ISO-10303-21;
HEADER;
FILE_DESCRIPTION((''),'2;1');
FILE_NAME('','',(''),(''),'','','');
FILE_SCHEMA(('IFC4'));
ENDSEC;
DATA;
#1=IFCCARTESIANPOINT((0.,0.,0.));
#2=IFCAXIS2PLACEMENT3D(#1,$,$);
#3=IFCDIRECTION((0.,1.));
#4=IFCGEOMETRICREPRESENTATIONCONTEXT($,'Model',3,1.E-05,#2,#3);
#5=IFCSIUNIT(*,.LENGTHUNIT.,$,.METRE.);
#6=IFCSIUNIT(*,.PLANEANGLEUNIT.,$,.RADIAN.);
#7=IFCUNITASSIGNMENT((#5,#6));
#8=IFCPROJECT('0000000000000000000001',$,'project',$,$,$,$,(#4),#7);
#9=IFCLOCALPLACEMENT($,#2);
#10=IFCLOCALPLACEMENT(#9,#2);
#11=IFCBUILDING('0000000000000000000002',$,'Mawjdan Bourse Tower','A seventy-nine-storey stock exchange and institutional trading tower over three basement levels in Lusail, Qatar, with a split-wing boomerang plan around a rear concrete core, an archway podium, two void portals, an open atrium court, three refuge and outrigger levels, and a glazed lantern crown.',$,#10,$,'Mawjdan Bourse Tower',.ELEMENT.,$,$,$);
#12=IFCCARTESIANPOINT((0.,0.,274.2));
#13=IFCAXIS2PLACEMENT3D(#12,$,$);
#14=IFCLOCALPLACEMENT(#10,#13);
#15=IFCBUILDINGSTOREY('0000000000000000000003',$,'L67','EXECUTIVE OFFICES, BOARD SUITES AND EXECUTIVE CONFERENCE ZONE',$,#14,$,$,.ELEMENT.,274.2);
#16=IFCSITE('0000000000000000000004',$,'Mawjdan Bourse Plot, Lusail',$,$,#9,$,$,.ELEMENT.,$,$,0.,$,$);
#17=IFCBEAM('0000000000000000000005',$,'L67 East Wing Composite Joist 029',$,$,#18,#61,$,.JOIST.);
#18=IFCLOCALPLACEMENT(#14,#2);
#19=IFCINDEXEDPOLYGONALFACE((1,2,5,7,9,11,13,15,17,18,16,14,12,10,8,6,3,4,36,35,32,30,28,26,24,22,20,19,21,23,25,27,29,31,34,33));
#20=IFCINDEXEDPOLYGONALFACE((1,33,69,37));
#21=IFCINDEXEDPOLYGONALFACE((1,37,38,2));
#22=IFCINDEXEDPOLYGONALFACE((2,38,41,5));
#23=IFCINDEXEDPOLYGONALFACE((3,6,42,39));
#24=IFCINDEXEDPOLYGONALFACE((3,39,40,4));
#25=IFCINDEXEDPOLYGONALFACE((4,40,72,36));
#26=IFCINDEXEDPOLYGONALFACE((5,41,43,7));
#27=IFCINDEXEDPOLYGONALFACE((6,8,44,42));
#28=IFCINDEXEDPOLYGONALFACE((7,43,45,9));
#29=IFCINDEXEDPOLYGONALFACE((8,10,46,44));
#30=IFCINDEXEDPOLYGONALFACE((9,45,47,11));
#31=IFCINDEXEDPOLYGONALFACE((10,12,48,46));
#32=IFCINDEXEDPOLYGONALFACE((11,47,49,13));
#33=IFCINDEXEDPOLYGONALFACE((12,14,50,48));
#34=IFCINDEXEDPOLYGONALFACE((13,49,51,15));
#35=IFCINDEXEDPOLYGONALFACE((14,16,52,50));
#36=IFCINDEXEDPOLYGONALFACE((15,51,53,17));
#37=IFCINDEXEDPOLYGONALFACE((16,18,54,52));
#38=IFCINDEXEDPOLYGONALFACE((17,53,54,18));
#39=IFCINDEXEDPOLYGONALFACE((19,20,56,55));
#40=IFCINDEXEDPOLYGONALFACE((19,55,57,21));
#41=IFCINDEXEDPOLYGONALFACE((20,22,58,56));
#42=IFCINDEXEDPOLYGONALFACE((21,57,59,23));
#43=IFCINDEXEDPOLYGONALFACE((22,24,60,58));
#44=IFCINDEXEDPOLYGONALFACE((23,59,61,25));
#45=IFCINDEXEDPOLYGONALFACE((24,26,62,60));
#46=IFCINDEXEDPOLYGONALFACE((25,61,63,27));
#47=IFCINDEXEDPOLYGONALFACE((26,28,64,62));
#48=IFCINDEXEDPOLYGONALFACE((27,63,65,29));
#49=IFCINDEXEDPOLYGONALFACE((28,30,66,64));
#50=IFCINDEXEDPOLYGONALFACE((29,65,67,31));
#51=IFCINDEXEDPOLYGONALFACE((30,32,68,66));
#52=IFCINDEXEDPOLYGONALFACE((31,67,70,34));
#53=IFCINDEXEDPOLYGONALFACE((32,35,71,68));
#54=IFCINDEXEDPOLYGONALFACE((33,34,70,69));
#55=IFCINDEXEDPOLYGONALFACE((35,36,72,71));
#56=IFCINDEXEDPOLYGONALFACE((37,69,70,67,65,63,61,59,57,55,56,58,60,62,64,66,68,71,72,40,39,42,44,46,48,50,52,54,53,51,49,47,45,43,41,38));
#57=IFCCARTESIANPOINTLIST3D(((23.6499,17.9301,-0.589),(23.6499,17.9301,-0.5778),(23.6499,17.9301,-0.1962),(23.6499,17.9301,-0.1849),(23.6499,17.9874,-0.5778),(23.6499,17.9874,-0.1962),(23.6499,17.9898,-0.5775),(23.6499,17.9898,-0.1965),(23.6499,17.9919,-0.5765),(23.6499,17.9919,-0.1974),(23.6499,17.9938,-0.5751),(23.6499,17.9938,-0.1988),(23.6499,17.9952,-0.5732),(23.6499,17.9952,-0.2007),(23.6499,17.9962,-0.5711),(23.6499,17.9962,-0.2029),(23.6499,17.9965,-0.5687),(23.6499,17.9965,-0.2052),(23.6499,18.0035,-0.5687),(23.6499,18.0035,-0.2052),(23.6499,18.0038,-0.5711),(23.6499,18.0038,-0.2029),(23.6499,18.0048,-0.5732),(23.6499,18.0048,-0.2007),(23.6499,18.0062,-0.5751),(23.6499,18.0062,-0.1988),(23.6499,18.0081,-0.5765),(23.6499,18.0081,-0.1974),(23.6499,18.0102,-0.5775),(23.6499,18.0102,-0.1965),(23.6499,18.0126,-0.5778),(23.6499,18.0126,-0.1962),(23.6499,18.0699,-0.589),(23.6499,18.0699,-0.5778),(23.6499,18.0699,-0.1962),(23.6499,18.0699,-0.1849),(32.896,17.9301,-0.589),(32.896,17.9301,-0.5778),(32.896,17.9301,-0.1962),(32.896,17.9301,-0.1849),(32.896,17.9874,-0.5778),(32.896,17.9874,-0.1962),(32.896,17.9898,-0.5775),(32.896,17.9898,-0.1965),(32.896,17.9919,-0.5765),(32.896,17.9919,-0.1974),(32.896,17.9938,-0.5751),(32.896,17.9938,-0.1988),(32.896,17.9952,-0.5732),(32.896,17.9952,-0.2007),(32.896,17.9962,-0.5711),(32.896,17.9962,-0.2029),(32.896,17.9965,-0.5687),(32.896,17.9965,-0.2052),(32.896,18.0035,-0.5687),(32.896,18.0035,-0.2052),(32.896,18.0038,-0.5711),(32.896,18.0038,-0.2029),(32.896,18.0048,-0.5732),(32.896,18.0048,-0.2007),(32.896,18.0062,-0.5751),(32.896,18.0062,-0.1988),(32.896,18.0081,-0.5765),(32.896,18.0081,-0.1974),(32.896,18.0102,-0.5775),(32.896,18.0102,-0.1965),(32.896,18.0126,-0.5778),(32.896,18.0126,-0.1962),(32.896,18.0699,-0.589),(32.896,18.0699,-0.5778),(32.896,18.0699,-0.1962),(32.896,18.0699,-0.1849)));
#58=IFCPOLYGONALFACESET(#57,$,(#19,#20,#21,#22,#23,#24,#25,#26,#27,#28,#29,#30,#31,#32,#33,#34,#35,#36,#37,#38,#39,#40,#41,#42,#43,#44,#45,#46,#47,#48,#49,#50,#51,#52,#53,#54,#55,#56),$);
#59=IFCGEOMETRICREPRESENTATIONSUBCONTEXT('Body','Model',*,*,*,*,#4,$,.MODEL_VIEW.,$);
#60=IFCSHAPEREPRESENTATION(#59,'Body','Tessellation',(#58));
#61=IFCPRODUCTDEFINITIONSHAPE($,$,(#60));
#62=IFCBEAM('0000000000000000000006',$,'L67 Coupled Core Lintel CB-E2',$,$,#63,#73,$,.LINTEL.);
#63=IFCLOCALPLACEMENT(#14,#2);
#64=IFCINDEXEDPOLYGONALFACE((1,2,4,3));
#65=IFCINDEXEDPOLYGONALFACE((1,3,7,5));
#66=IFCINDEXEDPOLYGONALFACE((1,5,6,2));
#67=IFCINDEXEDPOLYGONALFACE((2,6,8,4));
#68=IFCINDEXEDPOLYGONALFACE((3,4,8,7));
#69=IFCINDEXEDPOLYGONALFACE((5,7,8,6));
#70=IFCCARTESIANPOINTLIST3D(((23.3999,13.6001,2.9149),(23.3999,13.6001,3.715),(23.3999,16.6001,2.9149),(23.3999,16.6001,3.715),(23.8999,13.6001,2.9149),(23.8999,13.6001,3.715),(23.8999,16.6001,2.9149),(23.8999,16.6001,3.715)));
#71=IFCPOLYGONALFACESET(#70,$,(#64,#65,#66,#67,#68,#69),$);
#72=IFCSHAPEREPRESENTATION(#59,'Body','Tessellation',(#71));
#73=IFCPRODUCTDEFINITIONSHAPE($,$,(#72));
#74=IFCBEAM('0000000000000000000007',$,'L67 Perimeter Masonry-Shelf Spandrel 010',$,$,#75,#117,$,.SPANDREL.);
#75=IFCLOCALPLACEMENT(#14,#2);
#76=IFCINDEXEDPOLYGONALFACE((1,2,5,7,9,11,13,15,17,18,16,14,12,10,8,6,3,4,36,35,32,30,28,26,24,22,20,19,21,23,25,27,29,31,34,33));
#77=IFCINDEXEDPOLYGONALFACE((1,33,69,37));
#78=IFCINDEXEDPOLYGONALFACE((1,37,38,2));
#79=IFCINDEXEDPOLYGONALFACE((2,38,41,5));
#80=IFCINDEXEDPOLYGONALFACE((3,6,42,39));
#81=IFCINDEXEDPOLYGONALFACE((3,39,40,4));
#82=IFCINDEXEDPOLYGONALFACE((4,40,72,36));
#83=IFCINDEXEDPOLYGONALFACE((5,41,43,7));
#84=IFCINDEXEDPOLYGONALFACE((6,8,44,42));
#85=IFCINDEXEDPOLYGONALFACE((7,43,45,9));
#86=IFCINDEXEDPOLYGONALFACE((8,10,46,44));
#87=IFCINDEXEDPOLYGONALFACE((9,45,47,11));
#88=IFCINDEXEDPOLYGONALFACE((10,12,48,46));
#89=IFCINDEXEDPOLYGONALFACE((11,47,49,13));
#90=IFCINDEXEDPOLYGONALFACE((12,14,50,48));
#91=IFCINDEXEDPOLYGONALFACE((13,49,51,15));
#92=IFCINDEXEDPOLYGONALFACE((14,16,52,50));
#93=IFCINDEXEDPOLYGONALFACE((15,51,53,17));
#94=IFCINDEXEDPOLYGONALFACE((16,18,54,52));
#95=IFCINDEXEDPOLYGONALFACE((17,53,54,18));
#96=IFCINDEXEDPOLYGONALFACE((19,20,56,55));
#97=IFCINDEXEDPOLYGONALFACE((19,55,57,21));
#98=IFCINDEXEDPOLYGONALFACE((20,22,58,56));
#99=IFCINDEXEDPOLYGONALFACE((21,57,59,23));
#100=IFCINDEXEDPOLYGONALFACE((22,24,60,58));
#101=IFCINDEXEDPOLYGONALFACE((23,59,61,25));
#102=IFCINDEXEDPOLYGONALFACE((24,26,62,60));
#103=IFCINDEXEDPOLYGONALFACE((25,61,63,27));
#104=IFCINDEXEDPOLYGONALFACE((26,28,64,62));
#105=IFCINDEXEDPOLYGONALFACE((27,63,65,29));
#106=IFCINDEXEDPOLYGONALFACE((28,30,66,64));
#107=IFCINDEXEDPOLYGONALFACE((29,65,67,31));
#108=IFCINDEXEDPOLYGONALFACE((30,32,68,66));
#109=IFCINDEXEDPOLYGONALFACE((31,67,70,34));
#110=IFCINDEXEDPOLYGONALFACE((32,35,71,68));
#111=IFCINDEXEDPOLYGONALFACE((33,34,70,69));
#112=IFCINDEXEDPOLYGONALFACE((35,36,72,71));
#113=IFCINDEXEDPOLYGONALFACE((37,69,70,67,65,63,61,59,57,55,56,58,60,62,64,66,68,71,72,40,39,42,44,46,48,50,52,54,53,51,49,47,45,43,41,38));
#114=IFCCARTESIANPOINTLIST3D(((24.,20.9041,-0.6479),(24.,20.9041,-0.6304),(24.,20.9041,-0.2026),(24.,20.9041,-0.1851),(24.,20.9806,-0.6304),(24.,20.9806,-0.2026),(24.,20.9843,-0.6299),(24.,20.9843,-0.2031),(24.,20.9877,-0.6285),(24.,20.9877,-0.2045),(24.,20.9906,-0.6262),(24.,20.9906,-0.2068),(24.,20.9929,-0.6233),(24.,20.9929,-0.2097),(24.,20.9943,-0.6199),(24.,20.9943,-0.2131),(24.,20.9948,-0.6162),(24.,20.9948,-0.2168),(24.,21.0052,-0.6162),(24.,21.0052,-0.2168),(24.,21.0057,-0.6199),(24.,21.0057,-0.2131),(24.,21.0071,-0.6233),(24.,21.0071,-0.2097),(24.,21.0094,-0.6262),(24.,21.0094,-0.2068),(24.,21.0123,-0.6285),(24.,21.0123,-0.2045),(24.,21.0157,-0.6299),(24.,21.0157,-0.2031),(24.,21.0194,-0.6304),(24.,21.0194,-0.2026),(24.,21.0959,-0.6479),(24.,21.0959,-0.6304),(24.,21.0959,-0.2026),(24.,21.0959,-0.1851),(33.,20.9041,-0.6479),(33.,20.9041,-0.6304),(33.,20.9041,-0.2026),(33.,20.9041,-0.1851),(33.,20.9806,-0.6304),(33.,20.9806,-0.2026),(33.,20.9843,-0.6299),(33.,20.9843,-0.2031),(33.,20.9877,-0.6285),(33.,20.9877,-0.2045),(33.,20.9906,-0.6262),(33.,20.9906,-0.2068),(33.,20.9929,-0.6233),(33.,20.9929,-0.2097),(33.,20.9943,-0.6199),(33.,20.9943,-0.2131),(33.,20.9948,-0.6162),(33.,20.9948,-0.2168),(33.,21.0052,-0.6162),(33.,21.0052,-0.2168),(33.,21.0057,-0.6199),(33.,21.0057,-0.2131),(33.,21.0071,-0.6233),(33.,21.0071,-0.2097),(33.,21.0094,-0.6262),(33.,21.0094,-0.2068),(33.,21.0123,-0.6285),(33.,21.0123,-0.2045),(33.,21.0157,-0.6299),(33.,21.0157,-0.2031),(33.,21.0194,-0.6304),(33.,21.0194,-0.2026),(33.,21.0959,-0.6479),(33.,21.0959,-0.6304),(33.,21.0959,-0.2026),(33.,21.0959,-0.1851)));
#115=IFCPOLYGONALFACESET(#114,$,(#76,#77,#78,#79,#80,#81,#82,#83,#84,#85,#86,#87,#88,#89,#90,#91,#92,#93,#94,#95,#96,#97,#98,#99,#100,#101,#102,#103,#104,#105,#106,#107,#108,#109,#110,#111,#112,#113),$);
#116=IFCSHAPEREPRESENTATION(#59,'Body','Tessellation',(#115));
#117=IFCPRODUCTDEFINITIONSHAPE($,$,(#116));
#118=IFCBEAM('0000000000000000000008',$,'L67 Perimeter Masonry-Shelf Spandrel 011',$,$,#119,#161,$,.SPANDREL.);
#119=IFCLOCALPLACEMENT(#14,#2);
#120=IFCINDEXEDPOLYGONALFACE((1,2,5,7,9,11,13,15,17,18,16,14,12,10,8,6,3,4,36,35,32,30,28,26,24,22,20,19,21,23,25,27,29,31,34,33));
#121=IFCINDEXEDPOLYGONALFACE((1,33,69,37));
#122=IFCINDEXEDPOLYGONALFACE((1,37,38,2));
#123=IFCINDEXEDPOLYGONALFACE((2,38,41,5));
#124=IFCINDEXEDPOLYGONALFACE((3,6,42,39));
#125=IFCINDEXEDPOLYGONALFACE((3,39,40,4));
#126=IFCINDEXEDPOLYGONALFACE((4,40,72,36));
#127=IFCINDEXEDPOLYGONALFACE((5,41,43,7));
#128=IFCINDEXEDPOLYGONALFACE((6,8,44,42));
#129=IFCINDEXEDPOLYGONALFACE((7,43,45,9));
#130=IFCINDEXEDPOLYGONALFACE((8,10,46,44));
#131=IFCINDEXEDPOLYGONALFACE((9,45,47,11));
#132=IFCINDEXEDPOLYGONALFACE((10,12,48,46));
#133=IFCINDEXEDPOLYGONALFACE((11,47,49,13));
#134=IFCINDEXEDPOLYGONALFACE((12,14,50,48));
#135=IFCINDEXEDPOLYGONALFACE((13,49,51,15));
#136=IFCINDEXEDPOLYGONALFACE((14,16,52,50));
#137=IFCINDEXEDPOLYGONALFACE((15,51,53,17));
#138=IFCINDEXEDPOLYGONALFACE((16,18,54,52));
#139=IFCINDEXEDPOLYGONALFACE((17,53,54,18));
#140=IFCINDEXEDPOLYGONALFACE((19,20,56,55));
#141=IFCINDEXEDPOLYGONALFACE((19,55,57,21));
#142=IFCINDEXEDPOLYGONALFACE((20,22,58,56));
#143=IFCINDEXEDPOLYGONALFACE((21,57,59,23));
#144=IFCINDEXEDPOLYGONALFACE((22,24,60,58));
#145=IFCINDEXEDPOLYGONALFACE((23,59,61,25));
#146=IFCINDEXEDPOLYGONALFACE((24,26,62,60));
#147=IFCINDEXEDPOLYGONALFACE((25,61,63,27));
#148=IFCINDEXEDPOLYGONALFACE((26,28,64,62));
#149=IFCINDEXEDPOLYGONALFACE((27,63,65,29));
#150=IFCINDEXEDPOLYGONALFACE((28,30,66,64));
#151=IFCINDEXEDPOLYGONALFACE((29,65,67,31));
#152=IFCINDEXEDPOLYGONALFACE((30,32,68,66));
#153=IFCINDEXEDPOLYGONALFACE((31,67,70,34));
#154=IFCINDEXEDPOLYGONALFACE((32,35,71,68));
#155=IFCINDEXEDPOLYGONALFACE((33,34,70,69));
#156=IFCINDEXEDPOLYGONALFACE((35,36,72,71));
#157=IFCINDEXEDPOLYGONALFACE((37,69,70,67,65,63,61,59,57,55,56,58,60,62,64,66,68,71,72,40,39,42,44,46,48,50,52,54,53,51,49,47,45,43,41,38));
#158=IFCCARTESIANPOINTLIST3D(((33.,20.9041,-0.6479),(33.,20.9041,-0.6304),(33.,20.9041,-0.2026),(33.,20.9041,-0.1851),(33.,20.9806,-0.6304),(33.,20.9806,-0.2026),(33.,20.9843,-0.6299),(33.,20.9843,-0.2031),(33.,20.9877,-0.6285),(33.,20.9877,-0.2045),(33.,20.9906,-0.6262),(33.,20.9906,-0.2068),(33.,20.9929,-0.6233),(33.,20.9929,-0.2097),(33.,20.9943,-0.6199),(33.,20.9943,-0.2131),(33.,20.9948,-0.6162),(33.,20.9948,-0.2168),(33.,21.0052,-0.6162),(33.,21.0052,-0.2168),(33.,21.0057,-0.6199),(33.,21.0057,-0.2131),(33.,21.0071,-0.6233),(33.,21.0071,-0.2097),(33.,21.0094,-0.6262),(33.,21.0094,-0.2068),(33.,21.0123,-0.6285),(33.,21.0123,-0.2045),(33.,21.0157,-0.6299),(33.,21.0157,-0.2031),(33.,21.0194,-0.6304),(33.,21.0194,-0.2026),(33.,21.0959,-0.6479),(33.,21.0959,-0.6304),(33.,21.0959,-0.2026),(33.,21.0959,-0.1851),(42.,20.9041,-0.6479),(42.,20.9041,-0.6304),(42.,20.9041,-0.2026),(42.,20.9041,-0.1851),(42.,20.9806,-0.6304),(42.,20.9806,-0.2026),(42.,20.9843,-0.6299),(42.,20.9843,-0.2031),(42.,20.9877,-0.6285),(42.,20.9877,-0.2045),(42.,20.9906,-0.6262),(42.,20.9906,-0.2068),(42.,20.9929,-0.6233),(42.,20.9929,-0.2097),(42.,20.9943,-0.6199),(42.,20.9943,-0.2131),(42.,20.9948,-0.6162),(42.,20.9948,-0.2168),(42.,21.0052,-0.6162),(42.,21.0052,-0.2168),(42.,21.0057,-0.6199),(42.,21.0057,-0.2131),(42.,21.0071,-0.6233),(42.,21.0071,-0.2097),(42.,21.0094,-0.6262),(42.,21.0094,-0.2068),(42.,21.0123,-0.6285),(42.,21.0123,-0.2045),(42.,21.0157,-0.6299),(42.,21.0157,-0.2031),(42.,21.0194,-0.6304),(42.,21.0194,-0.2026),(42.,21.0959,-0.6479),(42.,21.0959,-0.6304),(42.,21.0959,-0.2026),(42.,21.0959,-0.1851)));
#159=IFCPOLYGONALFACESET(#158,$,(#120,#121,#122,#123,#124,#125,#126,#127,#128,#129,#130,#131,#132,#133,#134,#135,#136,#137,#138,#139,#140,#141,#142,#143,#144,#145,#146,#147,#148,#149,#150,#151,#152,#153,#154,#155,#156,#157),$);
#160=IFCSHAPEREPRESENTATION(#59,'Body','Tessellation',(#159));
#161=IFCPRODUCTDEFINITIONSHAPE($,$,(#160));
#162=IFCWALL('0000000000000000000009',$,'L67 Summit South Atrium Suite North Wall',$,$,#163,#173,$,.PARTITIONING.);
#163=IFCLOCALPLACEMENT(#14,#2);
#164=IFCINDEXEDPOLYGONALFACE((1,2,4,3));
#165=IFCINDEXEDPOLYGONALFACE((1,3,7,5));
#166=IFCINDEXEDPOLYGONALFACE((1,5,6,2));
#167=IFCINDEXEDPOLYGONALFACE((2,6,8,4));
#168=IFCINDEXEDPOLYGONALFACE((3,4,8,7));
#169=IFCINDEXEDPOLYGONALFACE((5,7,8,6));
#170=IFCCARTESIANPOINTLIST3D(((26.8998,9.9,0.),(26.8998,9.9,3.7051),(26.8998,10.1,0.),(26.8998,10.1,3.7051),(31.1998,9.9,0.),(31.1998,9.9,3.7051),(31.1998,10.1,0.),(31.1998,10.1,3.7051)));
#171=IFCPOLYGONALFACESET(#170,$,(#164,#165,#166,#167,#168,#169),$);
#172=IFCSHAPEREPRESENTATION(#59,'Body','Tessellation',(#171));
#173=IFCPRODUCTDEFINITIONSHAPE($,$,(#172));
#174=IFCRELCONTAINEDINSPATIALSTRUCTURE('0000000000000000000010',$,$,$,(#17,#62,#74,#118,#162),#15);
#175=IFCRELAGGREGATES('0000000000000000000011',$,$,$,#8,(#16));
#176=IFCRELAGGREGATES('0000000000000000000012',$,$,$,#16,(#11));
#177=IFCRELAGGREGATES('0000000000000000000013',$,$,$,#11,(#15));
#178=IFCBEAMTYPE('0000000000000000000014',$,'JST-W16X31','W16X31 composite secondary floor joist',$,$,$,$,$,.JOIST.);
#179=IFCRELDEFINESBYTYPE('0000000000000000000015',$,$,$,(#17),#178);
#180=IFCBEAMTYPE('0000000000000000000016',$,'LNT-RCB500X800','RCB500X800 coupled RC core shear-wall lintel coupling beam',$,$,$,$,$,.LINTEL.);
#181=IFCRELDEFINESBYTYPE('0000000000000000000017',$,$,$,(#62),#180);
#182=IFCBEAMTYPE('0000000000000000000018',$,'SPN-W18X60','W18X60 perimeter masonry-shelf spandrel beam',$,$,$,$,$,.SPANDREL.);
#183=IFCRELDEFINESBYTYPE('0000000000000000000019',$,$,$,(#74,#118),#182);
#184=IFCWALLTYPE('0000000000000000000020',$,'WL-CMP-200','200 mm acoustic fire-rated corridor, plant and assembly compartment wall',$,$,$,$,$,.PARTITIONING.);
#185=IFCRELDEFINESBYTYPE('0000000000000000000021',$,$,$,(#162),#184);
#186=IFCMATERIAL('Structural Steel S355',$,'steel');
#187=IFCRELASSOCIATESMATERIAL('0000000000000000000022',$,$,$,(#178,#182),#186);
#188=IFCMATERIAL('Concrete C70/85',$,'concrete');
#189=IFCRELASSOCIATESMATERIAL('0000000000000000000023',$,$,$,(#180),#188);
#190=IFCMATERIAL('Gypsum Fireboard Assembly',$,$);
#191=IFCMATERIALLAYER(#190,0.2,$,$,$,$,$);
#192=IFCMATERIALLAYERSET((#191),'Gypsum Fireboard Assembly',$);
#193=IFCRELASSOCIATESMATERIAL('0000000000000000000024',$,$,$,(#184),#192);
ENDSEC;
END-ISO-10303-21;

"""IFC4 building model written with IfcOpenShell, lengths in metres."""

from ifc_helpers import new_model, si_unit, direction, frame, frame_2d, origin, origin_2d, place, context, subcontext, project, spatial, rectangle, i_section, extrude, material, layer, layer_set, material_profile, profile_set, type_object, element, save


model = new_model("IFC4")

# Units and contexts
model_context = context("Model", 3, precision=1e-05, world=origin(), true_north=direction((0.0, 1.0)))
body_context = subcontext(model_context, "Body", "Model", "MODEL_VIEW")
ifc_project = project(units=[si_unit("LENGTHUNIT", "METRE"), si_unit("PLANEANGLEUNIT", "RADIAN")], contexts=[model_context])

# Site, building, storey
site_placement = place(None, origin())
site = spatial("IfcSite", under=ifc_project, at=site_placement, Name="Mawjdan Bourse Plot, Lusail", CompositionType="ELEMENT", RefElevation=0.0)
building_placement = place(site_placement, origin())
building = spatial("IfcBuilding", under=site, at=building_placement, Name="Mawjdan Bourse Tower", Description="A seventy-nine-storey stock exchange and institutional trading tower over three basement levels in Lusail, Qatar, with a split-wing boomerang plan around a rear concrete core, an archway podium, two void portals, an open atrium court, three refuge and outrigger levels, and a glazed lantern crown.", LongName="Mawjdan Bourse Tower", CompositionType="ELEMENT")
storey_placement = place(building_placement, frame((0.0, 0.0, 274.2)))
storey = spatial("IfcBuildingStorey", under=building, at=storey_placement, Name="L67", Description="EXECUTIVE OFFICES, BOARD SUITES AND EXECUTIVE CONFERENCE ZONE", CompositionType="ELEMENT", Elevation=274.2)

# Beams
ifc_material_1 = material(Name="Structural Steel S355", Category="steel")
ifc_material_profile_1 = material_profile(ifc_material_1, i_section(OverallWidth=0.1399, OverallDepth=0.4041, WebThickness=0.0071, FlangeThickness=0.0112, FilletRadius=0.009, at=origin_2d()), Name="W16X31")
ifc_profile_set_1 = profile_set([ifc_material_profile_1], Name="Structural Steel S355")
beam_type_1 = type_object("IfcBeamType", Name="JST-W16X31", Description="W16X31 composite secondary floor joist", PredefinedType="JOIST", material=ifc_profile_set_1)
for number, where, z_axis, x_axis, name in (
    (1, (23.6499, 18.0, -0.387), (1.0, 0.0, 0.0), (0.0, 1.0, 0.0), "L67 East Wing Composite Joist 029"),
):
    element("IfcBeam", number, at=place(storey_placement, frame(where, z_axis=z_axis, x_axis=x_axis)), inside=storey, type_object=beam_type_1, Name=name, PredefinedType="JOIST", context=body_context, shape_type="SweptSolid", body=[
        extrude(i_section(OverallWidth=0.1399, OverallDepth=0.4041, WebThickness=0.0071, FlangeThickness=0.0112, FilletRadius=0.009, at=origin_2d()), origin(), (0.0, 0.0, 1.0), 9.2461),
    ])
ifc_material_2 = material(Name="Concrete C70/85", Category="concrete")
ifc_material_profile_2 = material_profile(ifc_material_2, rectangle(XDim=0.5, YDim=0.8, at=origin_2d()), Name="RCB500X800")
ifc_profile_set_2 = profile_set([ifc_material_profile_2], Name="Concrete C70/85")
beam_type_2 = type_object("IfcBeamType", Name="LNT-RCB500X800", Description="RCB500X800 coupled RC core shear-wall lintel coupling beam", PredefinedType="LINTEL", material=ifc_profile_set_2)
beam_placement = place(storey_placement, frame((23.6499, 13.6001, 3.3149), z_axis=(0.0, 1.0, 0.0), x_axis=(-1.0, 0.0, 0.0)))
element("IfcBeam", 2, at=beam_placement, inside=storey, type_object=beam_type_2, Name="L67 Coupled Core Lintel CB-E2", PredefinedType="LINTEL", context=body_context, shape_type="SweptSolid", body=[
    extrude(rectangle(XDim=0.5, YDim=0.8, at=origin_2d()), origin(), (0.0, 0.0, 1.0), 3.0),
])
ifc_material_profile_3 = material_profile(ifc_material_1, i_section(OverallWidth=0.1919, OverallDepth=0.4629, WebThickness=0.0105, FlangeThickness=0.0176, FilletRadius=0.0142, at=origin_2d()), Name="W18X60")
ifc_profile_set_3 = profile_set([ifc_material_profile_3], Name="Structural Steel S355")
beam_type_3 = type_object("IfcBeamType", Name="SPN-W18X60", Description="W18X60 perimeter masonry-shelf spandrel beam", PredefinedType="SPANDREL", material=ifc_profile_set_3)
for number, where, z_axis, x_axis, name in (
    (3, (24.0, 21.0, -0.4165), (1.0, 0.0, 0.0), (0.0, 1.0, 0.0), "L67 Perimeter Masonry-Shelf Spandrel 010"),
    (4, (33.0, 21.0, -0.4165), (1.0, 0.0, 0.0), (0.0, 1.0, 0.0), "L67 Perimeter Masonry-Shelf Spandrel 011"),
):
    element("IfcBeam", number, at=place(storey_placement, frame(where, z_axis=z_axis, x_axis=x_axis)), inside=storey, type_object=beam_type_3, Name=name, PredefinedType="SPANDREL", context=body_context, shape_type="SweptSolid", body=[
        extrude(i_section(OverallWidth=0.1919, OverallDepth=0.4629, WebThickness=0.0105, FlangeThickness=0.0176, FilletRadius=0.0142, at=origin_2d()), origin(), (0.0, 0.0, 1.0), 9.0),
    ])

# Wall
ifc_material_3 = material(Name="Gypsum Fireboard Assembly")
ifc_layer_1 = layer(ifc_material_3, 0.2)
ifc_layer_set_1 = layer_set([ifc_layer_1], Name="Gypsum Fireboard Assembly")
wall_type_1 = type_object("IfcWallType", Name="WL-CMP-200", Description="200 mm acoustic fire-rated corridor, plant and assembly compartment wall", PredefinedType="PARTITIONING", material=ifc_layer_set_1)
wall_1_placement = place(storey_placement, frame((26.8999, 10.0, 0.0), z_axis=(0.0, 0.0, 1.0), x_axis=(1.0, 0.0, 0.0)))
element("IfcWall", 5, at=wall_1_placement, inside=storey, type_object=wall_type_1, Name="L67 Summit South Atrium Suite North Wall", PredefinedType="PARTITIONING", context=body_context, shape_type="SweptSolid", body=[
    extrude(rectangle(XDim=4.3, YDim=0.2, at=frame_2d((2.1499, 0.0))), origin(), (0.0, 0.0, 1.0), 3.7051),
])

save(model, "model.ifc")
